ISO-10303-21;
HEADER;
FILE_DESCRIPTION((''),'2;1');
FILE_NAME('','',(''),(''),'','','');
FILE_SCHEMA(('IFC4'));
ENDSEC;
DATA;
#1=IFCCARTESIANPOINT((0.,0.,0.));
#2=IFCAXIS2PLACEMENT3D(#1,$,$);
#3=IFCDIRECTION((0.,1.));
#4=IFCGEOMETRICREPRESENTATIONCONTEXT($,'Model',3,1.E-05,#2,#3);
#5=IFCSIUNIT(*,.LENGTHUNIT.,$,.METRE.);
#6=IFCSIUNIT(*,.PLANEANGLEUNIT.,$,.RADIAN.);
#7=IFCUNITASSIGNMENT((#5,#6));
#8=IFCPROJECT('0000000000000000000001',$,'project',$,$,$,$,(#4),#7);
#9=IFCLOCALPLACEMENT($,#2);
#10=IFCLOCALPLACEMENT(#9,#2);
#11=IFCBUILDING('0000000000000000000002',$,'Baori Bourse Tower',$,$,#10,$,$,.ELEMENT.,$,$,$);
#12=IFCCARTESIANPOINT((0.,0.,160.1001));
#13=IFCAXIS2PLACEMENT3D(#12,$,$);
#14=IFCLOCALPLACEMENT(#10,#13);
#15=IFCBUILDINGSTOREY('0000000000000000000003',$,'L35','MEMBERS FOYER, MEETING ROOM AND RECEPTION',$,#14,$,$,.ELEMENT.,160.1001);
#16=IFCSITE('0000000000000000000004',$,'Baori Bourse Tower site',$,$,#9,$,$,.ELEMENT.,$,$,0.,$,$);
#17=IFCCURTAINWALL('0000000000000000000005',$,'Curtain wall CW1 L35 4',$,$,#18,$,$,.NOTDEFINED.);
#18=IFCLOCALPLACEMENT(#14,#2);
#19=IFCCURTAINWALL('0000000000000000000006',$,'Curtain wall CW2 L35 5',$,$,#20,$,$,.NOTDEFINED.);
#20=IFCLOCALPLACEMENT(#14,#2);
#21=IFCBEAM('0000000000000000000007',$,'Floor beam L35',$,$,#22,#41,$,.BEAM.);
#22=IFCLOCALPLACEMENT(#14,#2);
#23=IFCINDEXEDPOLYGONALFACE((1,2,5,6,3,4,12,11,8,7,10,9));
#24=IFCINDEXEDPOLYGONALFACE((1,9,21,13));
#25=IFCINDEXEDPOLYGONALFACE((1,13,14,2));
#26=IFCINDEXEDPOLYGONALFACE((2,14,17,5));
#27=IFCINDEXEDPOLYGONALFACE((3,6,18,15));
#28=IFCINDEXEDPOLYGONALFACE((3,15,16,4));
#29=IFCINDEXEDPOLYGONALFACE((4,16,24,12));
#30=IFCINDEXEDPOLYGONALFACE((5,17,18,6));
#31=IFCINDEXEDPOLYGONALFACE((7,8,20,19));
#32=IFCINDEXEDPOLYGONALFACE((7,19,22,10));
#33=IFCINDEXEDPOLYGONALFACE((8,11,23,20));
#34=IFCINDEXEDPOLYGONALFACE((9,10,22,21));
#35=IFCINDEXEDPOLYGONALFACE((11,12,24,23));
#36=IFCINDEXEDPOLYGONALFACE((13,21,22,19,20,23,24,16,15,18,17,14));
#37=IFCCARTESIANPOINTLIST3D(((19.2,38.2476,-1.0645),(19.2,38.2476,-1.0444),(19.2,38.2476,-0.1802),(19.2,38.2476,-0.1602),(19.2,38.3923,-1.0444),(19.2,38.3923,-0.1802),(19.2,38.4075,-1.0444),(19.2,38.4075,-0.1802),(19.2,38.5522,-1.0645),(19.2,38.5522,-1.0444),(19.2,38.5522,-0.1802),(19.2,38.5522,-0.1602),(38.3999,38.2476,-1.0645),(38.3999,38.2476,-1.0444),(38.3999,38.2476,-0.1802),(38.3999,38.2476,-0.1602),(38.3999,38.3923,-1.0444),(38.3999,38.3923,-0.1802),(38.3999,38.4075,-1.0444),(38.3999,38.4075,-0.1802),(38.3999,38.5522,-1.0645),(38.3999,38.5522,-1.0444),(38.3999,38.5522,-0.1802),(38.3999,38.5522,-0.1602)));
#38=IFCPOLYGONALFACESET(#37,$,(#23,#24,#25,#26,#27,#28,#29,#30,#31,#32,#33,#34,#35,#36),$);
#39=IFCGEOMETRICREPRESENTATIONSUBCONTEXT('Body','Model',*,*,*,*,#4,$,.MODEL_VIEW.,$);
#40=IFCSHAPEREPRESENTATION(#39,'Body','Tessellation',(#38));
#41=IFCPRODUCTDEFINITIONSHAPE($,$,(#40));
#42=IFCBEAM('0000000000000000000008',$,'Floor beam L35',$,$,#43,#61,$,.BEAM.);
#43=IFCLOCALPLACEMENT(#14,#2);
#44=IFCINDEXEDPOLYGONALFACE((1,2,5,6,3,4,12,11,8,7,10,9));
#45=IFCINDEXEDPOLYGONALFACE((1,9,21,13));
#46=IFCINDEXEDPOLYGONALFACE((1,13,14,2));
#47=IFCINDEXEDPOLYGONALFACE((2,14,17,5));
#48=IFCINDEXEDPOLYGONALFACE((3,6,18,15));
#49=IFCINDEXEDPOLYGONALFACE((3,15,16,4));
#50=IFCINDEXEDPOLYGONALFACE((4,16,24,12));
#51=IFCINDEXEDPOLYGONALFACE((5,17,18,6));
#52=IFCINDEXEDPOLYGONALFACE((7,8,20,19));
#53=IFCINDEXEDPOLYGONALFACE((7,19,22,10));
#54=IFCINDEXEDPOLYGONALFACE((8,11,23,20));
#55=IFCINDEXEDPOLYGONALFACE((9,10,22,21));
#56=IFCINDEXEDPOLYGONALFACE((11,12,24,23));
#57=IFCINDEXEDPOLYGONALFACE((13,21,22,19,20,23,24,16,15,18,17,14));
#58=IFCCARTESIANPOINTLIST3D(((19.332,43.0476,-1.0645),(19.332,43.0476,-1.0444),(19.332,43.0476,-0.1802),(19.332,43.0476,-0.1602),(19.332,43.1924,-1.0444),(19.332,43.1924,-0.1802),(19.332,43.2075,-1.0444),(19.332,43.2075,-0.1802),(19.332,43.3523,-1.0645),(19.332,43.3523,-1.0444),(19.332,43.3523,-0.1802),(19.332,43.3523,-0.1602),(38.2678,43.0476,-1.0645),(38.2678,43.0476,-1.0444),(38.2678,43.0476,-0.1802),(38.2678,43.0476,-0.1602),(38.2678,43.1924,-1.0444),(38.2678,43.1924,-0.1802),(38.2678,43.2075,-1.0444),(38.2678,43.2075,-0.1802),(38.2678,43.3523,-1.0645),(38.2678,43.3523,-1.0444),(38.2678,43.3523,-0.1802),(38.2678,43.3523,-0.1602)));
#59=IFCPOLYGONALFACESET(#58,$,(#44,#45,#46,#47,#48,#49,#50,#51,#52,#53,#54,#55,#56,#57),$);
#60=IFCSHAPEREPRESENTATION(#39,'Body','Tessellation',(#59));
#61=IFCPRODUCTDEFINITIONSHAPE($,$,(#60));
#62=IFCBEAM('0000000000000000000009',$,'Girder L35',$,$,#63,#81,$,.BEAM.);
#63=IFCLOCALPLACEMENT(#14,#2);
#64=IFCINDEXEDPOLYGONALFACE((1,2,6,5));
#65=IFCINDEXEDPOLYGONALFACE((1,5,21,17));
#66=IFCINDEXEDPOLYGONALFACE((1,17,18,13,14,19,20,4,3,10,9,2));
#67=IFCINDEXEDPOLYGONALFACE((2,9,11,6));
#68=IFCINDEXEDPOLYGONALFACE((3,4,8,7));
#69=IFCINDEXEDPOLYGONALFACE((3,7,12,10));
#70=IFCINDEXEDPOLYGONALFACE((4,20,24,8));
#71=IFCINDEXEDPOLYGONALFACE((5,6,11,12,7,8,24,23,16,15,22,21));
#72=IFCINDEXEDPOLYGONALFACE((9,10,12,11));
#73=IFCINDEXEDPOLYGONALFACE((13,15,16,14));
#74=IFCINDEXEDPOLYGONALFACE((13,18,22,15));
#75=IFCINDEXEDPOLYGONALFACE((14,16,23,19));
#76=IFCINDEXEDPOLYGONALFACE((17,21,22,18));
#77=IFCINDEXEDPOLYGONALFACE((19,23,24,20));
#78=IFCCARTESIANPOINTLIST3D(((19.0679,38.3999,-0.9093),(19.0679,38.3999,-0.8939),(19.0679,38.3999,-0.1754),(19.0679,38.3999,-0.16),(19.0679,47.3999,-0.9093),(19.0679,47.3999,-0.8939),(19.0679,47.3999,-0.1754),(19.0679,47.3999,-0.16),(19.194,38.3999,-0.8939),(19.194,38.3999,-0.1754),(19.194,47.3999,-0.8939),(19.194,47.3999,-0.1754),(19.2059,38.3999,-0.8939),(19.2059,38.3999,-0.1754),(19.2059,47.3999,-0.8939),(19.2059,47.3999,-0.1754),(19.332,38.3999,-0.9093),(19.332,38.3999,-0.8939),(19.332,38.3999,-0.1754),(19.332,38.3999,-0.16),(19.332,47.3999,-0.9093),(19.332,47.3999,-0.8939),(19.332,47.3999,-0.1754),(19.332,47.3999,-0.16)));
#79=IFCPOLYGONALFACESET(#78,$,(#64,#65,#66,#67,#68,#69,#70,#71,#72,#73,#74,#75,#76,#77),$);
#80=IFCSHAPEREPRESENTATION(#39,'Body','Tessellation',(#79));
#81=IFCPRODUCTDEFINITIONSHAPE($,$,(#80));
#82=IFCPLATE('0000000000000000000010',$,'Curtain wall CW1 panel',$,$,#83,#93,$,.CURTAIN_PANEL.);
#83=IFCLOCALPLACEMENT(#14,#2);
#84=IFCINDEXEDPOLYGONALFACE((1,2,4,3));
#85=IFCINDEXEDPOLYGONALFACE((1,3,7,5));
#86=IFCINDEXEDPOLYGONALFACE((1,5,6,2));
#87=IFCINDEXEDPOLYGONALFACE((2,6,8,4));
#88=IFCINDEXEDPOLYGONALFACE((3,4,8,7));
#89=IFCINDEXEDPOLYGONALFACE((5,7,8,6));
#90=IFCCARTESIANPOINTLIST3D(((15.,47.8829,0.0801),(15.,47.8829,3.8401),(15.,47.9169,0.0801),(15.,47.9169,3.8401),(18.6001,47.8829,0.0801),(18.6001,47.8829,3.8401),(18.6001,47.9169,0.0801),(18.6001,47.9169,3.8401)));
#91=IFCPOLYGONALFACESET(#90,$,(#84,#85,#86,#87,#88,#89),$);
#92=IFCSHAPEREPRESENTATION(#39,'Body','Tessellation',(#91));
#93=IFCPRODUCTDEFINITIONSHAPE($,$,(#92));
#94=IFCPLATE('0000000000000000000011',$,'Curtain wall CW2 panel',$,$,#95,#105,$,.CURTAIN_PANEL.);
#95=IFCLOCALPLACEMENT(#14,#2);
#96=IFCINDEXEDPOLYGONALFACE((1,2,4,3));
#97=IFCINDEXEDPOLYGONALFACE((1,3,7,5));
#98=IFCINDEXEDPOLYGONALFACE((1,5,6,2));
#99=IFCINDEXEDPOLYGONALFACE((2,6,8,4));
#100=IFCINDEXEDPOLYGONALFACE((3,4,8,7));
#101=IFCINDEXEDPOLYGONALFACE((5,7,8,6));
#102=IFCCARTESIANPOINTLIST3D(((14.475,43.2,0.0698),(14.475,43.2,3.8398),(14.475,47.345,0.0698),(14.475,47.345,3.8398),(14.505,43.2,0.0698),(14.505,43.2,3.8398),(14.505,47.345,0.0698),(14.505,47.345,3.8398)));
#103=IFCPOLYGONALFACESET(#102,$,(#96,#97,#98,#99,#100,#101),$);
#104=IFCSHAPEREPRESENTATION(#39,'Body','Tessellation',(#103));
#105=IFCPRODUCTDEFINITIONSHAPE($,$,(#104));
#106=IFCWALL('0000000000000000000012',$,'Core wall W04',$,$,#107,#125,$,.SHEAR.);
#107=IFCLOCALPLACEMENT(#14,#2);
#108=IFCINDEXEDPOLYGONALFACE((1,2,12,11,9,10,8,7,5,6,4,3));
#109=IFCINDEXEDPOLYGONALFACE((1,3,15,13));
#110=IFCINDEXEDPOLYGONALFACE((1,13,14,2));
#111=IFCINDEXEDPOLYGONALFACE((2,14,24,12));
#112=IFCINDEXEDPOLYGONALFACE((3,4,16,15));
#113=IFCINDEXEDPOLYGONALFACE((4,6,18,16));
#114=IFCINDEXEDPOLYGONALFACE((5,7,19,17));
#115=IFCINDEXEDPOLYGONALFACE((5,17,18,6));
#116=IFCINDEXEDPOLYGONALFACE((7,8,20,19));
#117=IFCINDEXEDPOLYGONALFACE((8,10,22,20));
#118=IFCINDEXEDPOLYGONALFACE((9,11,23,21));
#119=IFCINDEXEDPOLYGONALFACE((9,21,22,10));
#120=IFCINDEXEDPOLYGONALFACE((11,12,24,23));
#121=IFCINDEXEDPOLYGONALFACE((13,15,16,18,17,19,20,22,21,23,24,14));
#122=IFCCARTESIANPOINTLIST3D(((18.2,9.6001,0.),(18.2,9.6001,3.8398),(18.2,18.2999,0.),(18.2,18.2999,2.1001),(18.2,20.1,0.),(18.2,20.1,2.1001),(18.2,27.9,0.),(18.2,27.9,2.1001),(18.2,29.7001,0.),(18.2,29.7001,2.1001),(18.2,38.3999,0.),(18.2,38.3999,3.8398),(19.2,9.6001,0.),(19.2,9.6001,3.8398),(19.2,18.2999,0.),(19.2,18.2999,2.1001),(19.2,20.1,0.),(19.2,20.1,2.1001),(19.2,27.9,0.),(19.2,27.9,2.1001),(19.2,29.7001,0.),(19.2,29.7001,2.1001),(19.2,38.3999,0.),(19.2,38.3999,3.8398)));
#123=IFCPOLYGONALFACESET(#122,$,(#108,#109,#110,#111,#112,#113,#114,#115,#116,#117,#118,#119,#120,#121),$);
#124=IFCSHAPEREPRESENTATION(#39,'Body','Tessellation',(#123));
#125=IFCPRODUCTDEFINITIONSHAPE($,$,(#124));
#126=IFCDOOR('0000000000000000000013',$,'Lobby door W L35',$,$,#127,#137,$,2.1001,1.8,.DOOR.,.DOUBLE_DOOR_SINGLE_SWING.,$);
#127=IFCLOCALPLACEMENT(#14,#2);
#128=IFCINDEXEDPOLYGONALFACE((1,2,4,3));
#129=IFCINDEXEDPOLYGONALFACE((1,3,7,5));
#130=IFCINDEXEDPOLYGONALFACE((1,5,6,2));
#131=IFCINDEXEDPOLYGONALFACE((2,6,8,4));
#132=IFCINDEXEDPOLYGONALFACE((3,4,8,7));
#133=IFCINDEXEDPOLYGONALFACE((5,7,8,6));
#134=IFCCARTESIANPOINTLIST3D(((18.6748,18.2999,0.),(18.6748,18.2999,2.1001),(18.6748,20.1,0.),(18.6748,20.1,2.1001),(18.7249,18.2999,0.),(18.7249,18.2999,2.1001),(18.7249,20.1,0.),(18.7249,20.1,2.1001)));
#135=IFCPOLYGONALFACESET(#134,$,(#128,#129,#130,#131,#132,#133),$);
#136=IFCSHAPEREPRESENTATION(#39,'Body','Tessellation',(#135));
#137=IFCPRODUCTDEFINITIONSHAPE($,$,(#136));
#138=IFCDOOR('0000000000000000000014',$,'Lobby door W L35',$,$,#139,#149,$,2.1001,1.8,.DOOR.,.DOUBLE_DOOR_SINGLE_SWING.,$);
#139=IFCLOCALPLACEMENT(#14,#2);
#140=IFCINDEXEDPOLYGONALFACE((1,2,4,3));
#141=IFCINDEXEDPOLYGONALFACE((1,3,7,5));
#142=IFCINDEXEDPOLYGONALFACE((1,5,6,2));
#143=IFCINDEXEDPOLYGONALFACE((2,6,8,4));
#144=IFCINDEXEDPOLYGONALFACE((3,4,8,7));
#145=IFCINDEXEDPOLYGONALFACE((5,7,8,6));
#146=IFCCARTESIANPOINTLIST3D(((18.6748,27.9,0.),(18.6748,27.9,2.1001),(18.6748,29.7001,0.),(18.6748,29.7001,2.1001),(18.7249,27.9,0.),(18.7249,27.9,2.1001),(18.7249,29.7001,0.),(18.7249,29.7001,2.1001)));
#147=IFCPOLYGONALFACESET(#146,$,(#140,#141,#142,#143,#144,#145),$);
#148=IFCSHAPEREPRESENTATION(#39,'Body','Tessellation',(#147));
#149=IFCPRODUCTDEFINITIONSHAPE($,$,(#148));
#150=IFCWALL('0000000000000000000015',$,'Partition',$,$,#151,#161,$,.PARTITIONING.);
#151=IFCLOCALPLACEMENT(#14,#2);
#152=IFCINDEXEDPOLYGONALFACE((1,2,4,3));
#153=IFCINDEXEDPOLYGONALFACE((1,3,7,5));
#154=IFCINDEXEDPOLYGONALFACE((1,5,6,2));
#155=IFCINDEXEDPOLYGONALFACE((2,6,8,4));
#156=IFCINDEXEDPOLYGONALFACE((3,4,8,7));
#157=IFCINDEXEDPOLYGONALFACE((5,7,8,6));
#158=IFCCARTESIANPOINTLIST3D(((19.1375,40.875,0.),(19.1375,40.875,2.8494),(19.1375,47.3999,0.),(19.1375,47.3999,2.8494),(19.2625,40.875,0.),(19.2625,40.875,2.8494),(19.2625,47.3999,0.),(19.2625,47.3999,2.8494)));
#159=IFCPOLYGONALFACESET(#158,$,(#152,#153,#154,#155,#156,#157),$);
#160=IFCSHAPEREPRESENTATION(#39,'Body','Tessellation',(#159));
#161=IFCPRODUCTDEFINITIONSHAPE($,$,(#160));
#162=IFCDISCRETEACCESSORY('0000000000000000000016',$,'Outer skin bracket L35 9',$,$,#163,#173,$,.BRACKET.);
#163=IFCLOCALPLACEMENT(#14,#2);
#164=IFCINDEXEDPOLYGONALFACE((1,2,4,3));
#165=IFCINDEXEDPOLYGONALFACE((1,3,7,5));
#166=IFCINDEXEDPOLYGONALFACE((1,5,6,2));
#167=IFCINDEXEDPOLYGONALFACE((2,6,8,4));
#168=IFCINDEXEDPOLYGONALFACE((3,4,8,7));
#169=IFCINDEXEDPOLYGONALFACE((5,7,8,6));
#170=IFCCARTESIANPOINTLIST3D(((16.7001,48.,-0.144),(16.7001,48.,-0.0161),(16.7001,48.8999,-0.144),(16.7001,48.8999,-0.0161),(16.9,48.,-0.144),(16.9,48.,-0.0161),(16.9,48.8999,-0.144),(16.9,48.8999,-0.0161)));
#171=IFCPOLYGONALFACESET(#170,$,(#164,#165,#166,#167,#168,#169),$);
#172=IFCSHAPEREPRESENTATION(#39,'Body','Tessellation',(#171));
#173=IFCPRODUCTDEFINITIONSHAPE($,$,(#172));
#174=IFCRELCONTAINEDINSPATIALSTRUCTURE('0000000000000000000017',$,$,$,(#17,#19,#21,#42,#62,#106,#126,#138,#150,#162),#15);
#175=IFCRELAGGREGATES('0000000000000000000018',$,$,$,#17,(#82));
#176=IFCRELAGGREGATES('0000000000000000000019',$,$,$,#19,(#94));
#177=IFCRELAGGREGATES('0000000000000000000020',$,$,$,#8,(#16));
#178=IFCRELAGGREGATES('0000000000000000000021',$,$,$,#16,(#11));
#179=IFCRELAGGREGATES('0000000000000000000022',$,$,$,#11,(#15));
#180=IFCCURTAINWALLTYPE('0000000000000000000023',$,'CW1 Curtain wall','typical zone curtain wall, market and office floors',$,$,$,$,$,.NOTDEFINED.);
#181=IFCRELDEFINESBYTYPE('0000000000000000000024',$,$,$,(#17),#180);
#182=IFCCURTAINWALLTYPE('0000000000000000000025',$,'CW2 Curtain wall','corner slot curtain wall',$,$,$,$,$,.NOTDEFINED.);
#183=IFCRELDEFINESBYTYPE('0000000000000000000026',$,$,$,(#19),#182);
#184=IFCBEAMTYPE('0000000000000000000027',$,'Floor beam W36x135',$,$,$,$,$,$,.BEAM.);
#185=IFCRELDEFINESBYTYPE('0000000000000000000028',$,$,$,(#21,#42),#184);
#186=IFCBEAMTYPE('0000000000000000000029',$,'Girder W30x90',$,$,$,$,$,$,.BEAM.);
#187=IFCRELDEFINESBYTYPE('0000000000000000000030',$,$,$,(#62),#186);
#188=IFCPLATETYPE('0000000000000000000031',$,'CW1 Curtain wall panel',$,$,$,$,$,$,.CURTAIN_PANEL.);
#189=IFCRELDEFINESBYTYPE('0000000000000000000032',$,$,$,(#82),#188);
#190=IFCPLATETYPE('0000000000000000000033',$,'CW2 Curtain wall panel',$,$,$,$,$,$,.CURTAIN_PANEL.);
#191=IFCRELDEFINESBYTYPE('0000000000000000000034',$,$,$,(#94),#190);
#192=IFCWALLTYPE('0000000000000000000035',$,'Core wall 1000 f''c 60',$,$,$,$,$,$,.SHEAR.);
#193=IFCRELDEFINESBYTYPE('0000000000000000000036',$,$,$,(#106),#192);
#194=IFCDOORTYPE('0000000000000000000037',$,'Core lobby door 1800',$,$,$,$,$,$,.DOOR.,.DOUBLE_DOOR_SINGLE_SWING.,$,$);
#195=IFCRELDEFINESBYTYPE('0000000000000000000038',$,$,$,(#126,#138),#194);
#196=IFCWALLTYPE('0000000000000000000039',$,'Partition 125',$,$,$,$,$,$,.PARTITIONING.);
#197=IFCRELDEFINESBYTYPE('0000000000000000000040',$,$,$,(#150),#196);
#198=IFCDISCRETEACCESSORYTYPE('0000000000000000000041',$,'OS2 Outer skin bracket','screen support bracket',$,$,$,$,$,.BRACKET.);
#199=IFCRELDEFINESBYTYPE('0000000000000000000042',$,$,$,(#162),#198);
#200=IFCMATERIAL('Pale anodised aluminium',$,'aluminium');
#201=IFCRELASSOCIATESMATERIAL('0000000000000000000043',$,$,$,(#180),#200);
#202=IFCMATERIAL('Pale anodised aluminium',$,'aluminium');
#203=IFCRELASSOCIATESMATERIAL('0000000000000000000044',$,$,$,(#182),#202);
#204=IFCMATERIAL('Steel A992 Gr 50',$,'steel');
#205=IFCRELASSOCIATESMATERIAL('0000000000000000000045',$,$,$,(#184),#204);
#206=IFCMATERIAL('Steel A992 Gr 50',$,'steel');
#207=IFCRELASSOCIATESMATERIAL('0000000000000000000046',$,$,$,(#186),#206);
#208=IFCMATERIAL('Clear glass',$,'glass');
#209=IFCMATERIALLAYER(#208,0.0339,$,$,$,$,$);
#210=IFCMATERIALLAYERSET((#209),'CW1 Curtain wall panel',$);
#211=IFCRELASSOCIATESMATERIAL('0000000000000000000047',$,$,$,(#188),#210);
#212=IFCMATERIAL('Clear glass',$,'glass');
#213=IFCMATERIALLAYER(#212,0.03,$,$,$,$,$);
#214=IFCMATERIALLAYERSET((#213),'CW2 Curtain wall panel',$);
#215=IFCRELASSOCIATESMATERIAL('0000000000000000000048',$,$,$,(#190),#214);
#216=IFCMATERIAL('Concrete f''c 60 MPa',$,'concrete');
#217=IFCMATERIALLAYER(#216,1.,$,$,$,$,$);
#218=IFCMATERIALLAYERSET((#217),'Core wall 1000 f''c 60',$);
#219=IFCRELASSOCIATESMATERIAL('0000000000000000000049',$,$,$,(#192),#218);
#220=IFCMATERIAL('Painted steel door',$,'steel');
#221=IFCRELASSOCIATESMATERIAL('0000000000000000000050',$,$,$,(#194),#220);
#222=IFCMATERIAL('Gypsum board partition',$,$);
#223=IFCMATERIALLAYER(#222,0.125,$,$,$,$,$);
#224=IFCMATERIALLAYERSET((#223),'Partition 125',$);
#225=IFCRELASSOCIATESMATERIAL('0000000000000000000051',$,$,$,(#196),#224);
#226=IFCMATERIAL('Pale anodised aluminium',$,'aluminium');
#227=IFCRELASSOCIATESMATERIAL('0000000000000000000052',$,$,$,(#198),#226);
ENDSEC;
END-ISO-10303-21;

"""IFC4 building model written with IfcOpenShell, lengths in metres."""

from ifc_helpers import new_model, si_unit, direction, frame, frame_2d, origin, origin_2d, place, context, subcontext, project, spatial, rectangle, i_section, extrude, material, layer, layer_set, material_profile, profile_set, type_object, element, fill, aggregate, save


model = new_model("IFC4")

# Units and contexts
model_context = context("Model", 3, precision=1e-05, world=origin(), true_north=direction((0.0, 1.0)))
body_context = subcontext(model_context, "Body", "Model", "MODEL_VIEW")
ifc_project = project(units=[si_unit("LENGTHUNIT", "METRE"), si_unit("PLANEANGLEUNIT", "RADIAN")], contexts=[model_context])

# Site, building, storey
site_placement = place(None, origin())
site = spatial("IfcSite", under=ifc_project, at=site_placement, Name="Baori Bourse Tower site", CompositionType="ELEMENT", RefElevation=0.0)
building_placement = place(site_placement, origin())
building = spatial("IfcBuilding", under=site, at=building_placement, Name="Baori Bourse Tower", CompositionType="ELEMENT")
storey_placement = place(building_placement, frame((0.0, 0.0, 160.1001)))
storey = spatial("IfcBuildingStorey", under=building, at=storey_placement, Name="L35", Description="MEMBERS FOYER, MEETING ROOM AND RECEPTION", CompositionType="ELEMENT", Elevation=160.1001)

# Curtain wall
ifc_material_1 = material(Name="Pale anodised aluminium", Category="aluminium")
curtain_wall_type_1 = type_object("IfcCurtainWallType", Name="CW1 Curtain wall", Description="typical zone curtain wall, market and office floors", PredefinedType="NOTDEFINED", material=ifc_material_1)
curtain_wall_1_placement = place(storey_placement, origin())
curtain_wall_1 = element("IfcCurtainWall", 1, at=curtain_wall_1_placement, inside=storey, type_object=curtain_wall_type_1, Name="Curtain wall CW1 L35 4", PredefinedType="NOTDEFINED")

# Curtain wall
ifc_material_2 = material(Name="Pale anodised aluminium", Category="aluminium")
curtain_wall_type_2 = type_object("IfcCurtainWallType", Name="CW2 Curtain wall", Description="corner slot curtain wall", PredefinedType="NOTDEFINED", material=ifc_material_2)
curtain_wall_2_placement = place(storey_placement, origin())
curtain_wall_2 = element("IfcCurtainWall", 2, at=curtain_wall_2_placement, inside=storey, type_object=curtain_wall_type_2, Name="Curtain wall CW2 L35 5", PredefinedType="NOTDEFINED")

# Beams
ifc_material_3 = material(Name="Steel A992 Gr 50", Category="steel")
ifc_material_profile_1 = material_profile(ifc_material_3, i_section(OverallWidth=0.3047, OverallDepth=0.9043, WebThickness=0.0151, FlangeThickness=0.02, at=origin_2d()), Name="W36x135")
ifc_profile_set_1 = profile_set([ifc_material_profile_1], Name="Steel A992 Gr 50")
beam_type_1 = type_object("IfcBeamType", Name="Floor beam W36x135", PredefinedType="BEAM", material=ifc_profile_set_1)
beam_1_placement = place(storey_placement, frame((19.2, 38.3999, -0.6123), z_axis=(1.0, 0.0, 0.0), x_axis=(0.0, 1.0, 0.0)))
element("IfcBeam", 3, at=beam_1_placement, inside=storey, type_object=beam_type_1, Name="Floor beam L35", PredefinedType="BEAM", context=body_context, shape_type="SweptSolid", body=[
    extrude(i_section(OverallWidth=0.3047, OverallDepth=0.9043, WebThickness=0.0151, FlangeThickness=0.02, at=origin_2d()), origin(), (0.0, 0.0, 1.0), 19.2),
])
beam_2_placement = place(storey_placement, frame((19.332, 43.2, -0.6123), z_axis=(1.0, 0.0, 0.0), x_axis=(0.0, 1.0, 0.0)))
element("IfcBeam", 4, at=beam_2_placement, inside=storey, type_object=beam_type_1, Name="Floor beam L35", PredefinedType="BEAM", context=body_context, shape_type="SweptSolid", body=[
    extrude(i_section(OverallWidth=0.3047, OverallDepth=0.9043, WebThickness=0.0151, FlangeThickness=0.02, at=origin_2d()), origin(), (0.0, 0.0, 1.0), 18.9358),
])
ifc_material_4 = material(Name="Steel A992 Gr 50", Category="steel")
ifc_material_profile_2 = material_profile(ifc_material_4, i_section(OverallWidth=0.2642, OverallDepth=0.7493, WebThickness=0.012, FlangeThickness=0.0154, at=origin_2d()), Name="W30x90")
ifc_profile_set_2 = profile_set([ifc_material_profile_2], Name="Steel A992 Gr 50")
beam_type_2 = type_object("IfcBeamType", Name="Girder W30x90", PredefinedType="BEAM", material=ifc_profile_set_2)
beam_3_placement = place(storey_placement, frame((19.2, 38.3999, -0.5347), z_axis=(0.0, 1.0, 0.0), x_axis=(-1.0, 0.0, 0.0)))
element("IfcBeam", 5, at=beam_3_placement, inside=storey, type_object=beam_type_2, Name="Girder L35", PredefinedType="BEAM", context=body_context, shape_type="SweptSolid", body=[
    extrude(i_section(OverallWidth=0.2642, OverallDepth=0.7493, WebThickness=0.012, FlangeThickness=0.0154, at=origin_2d()), origin(), (0.0, 0.0, 1.0), 9.0),
])

# Plates
ifc_material_5 = material(Name="Clear glass", Category="glass")
ifc_layer_1 = layer(ifc_material_5, 0.0339)
ifc_layer_set_1 = layer_set([ifc_layer_1], Name="CW1 Curtain wall panel")
plate_type_1 = type_object("IfcPlateType", Name="CW1 Curtain wall panel", PredefinedType="CURTAIN_PANEL", material=ifc_layer_set_1)
plate_1_placement = place(storey_placement, frame((16.8, 47.8999, 0.0801), z_axis=(0.0, 0.0, 1.0), x_axis=(-1.0, 0.0, 0.0)))
plate_1 = element("IfcPlate", 6, at=plate_1_placement, type_object=plate_type_1, Name="Curtain wall CW1 panel", PredefinedType="CURTAIN_PANEL", context=body_context, shape_type="SweptSolid", body=[
    extrude(rectangle(XDim=3.6001, YDim=0.0339, at=origin_2d()), origin(), (0.0, 0.0, 1.0), 3.76),
])
aggregate(curtain_wall_1, [plate_1])
ifc_material_6 = material(Name="Clear glass", Category="glass")
ifc_layer_2 = layer(ifc_material_6, 0.03)
ifc_layer_set_2 = layer_set([ifc_layer_2], Name="CW2 Curtain wall panel")
plate_type_2 = type_object("IfcPlateType", Name="CW2 Curtain wall panel", PredefinedType="CURTAIN_PANEL", material=ifc_layer_set_2)
plate_2_placement = place(storey_placement, frame((14.49, 45.2725, 0.0698), z_axis=(0.0, 0.0, 1.0), x_axis=(0.0, -1.0, 0.0)))
plate_2 = element("IfcPlate", 7, at=plate_2_placement, type_object=plate_type_2, Name="Curtain wall CW2 panel", PredefinedType="CURTAIN_PANEL", context=body_context, shape_type="SweptSolid", body=[
    extrude(rectangle(XDim=4.145, YDim=0.03, at=origin_2d()), origin(), (0.0, 0.0, 1.0), 3.77),
])
aggregate(curtain_wall_2, [plate_2])

# Wall, openings, doors
ifc_material_7 = material(Name="Concrete f'c 60 MPa", Category="concrete")
ifc_layer_3 = layer(ifc_material_7, 1.0)
ifc_layer_set_3 = layer_set([ifc_layer_3], Name="Core wall 1000 f'c 60")
wall_type_1 = type_object("IfcWallType", Name="Core wall 1000 f'c 60", PredefinedType="SHEAR", material=ifc_layer_set_3)
wall_1_placement = place(storey_placement, frame((18.7, 38.3999, 0.0), z_axis=(0.0, 0.0, 1.0), x_axis=(0.0, -1.0, 0.0)))
wall_1 = element("IfcWall", 8, at=wall_1_placement, inside=storey, type_object=wall_type_1, Name="Core wall W04", PredefinedType="SHEAR", context=body_context, shape_type="SweptSolid", body=[
    extrude(rectangle(XDim=28.7998, YDim=1.0, at=frame_2d((14.3999, 0.0))), origin(), (0.0, 0.0, 1.0), 3.8398),
])
opening_1_placement = place(wall_1_placement, frame((18.3, 0.0, 0.0)))
opening_1 = element("IfcOpeningElement", 9, at=opening_1_placement, cuts=wall_1, PredefinedType="OPENING", context=body_context, shape_type="SweptSolid", body=[
    extrude(rectangle(XDim=1.8, YDim=2.1001, at=frame_2d((0.8999, 1.05))), frame((0.0, 0.51, 0.0), z_axis=(0.0, -1.0, 0.0), x_axis=(1.0, 0.0, 0.0)), (0.0, 0.0, 1.0), 1.02),
])
opening_2_placement = place(wall_1_placement, frame((8.7, 0.0, 0.0)))
opening_2 = element("IfcOpeningElement", 10, at=opening_2_placement, cuts=wall_1, PredefinedType="OPENING", context=body_context, shape_type="SweptSolid", body=[
    extrude(rectangle(XDim=1.8, YDim=2.1001, at=frame_2d((0.8999, 1.05))), frame((0.0, 0.51, 0.0), z_axis=(0.0, -1.0, 0.0), x_axis=(1.0, 0.0, 0.0)), (0.0, 0.0, 1.0), 1.02),
])
ifc_material_8 = material(Name="Painted steel door", Category="steel")
door_type = type_object("IfcDoorType", Name="Core lobby door 1800", OperationType="DOUBLE_DOOR_SINGLE_SWING", PredefinedType="DOOR", material=ifc_material_8)
door_1_placement = place(opening_1_placement, origin())
door_1 = element("IfcDoor", 11, at=door_1_placement, inside=storey, type_object=door_type, Name="Lobby door W L35", OperationType="DOUBLE_DOOR_SINGLE_SWING", OverallHeight=2.1001, OverallWidth=1.8, PredefinedType="DOOR", context=body_context, shape_type="SweptSolid", body=[
    extrude(rectangle(XDim=1.8, YDim=2.1001, at=frame_2d((0.8999, 1.05))), frame((0.0, 0.0249, 0.0), z_axis=(0.0, -1.0, 0.0), x_axis=(1.0, 0.0, 0.0)), (0.0, 0.0, 1.0), 0.05),
])
fill(opening_1, door_1)
door_2_placement = place(opening_2_placement, origin())
door_2 = element("IfcDoor", 12, at=door_2_placement, inside=storey, type_object=door_type, Name="Lobby door W L35", OperationType="DOUBLE_DOOR_SINGLE_SWING", OverallHeight=2.1001, OverallWidth=1.8, PredefinedType="DOOR", context=body_context, shape_type="SweptSolid", body=[
    extrude(rectangle(XDim=1.8, YDim=2.1001, at=frame_2d((0.8999, 1.05))), frame((0.0, 0.0249, 0.0), z_axis=(0.0, -1.0, 0.0), x_axis=(1.0, 0.0, 0.0)), (0.0, 0.0, 1.0), 0.05),
])
fill(opening_2, door_2)

# Wall
ifc_material_9 = material(Name="Gypsum board partition")
ifc_layer_4 = layer(ifc_material_9, 0.125)
ifc_layer_set_4 = layer_set([ifc_layer_4], Name="Partition 125")
wall_type_2 = type_object("IfcWallType", Name="Partition 125", PredefinedType="PARTITIONING", material=ifc_layer_set_4)
wall_2_placement = place(storey_placement, frame((19.2, 40.875, 0.0), z_axis=(0.0, 0.0, 1.0), x_axis=(0.0, 1.0, 0.0)))
element("IfcWall", 13, at=wall_2_placement, inside=storey, type_object=wall_type_2, Name="Partition", PredefinedType="PARTITIONING", context=body_context, shape_type="SweptSolid", body=[
    extrude(rectangle(XDim=6.5249, YDim=0.125, at=frame_2d((3.2625, 0.0))), origin(), (0.0, 0.0, 1.0), 2.8494),
])

# Discrete accessory
ifc_material_10 = material(Name="Pale anodised aluminium", Category="aluminium")
discrete_accessory_type = type_object("IfcDiscreteAccessoryType", Name="OS2 Outer skin bracket", Description="screen support bracket", PredefinedType="BRACKET", material=ifc_material_10)
discrete_accessory_placement = place(storey_placement, frame((16.8, 48.45, -0.144), z_axis=(0.0, 0.0, 1.0), x_axis=(-1.0, 0.0, 0.0)))
element("IfcDiscreteAccessory", 14, at=discrete_accessory_placement, inside=storey, type_object=discrete_accessory_type, Name="Outer skin bracket L35 9", PredefinedType="BRACKET", context=body_context, shape_type="SweptSolid", body=[
    extrude(rectangle(XDim=0.2, YDim=0.8999, at=origin_2d()), origin(), (0.0, 0.0, 1.0), 0.1279),
])

save(model, "model.ifc")
